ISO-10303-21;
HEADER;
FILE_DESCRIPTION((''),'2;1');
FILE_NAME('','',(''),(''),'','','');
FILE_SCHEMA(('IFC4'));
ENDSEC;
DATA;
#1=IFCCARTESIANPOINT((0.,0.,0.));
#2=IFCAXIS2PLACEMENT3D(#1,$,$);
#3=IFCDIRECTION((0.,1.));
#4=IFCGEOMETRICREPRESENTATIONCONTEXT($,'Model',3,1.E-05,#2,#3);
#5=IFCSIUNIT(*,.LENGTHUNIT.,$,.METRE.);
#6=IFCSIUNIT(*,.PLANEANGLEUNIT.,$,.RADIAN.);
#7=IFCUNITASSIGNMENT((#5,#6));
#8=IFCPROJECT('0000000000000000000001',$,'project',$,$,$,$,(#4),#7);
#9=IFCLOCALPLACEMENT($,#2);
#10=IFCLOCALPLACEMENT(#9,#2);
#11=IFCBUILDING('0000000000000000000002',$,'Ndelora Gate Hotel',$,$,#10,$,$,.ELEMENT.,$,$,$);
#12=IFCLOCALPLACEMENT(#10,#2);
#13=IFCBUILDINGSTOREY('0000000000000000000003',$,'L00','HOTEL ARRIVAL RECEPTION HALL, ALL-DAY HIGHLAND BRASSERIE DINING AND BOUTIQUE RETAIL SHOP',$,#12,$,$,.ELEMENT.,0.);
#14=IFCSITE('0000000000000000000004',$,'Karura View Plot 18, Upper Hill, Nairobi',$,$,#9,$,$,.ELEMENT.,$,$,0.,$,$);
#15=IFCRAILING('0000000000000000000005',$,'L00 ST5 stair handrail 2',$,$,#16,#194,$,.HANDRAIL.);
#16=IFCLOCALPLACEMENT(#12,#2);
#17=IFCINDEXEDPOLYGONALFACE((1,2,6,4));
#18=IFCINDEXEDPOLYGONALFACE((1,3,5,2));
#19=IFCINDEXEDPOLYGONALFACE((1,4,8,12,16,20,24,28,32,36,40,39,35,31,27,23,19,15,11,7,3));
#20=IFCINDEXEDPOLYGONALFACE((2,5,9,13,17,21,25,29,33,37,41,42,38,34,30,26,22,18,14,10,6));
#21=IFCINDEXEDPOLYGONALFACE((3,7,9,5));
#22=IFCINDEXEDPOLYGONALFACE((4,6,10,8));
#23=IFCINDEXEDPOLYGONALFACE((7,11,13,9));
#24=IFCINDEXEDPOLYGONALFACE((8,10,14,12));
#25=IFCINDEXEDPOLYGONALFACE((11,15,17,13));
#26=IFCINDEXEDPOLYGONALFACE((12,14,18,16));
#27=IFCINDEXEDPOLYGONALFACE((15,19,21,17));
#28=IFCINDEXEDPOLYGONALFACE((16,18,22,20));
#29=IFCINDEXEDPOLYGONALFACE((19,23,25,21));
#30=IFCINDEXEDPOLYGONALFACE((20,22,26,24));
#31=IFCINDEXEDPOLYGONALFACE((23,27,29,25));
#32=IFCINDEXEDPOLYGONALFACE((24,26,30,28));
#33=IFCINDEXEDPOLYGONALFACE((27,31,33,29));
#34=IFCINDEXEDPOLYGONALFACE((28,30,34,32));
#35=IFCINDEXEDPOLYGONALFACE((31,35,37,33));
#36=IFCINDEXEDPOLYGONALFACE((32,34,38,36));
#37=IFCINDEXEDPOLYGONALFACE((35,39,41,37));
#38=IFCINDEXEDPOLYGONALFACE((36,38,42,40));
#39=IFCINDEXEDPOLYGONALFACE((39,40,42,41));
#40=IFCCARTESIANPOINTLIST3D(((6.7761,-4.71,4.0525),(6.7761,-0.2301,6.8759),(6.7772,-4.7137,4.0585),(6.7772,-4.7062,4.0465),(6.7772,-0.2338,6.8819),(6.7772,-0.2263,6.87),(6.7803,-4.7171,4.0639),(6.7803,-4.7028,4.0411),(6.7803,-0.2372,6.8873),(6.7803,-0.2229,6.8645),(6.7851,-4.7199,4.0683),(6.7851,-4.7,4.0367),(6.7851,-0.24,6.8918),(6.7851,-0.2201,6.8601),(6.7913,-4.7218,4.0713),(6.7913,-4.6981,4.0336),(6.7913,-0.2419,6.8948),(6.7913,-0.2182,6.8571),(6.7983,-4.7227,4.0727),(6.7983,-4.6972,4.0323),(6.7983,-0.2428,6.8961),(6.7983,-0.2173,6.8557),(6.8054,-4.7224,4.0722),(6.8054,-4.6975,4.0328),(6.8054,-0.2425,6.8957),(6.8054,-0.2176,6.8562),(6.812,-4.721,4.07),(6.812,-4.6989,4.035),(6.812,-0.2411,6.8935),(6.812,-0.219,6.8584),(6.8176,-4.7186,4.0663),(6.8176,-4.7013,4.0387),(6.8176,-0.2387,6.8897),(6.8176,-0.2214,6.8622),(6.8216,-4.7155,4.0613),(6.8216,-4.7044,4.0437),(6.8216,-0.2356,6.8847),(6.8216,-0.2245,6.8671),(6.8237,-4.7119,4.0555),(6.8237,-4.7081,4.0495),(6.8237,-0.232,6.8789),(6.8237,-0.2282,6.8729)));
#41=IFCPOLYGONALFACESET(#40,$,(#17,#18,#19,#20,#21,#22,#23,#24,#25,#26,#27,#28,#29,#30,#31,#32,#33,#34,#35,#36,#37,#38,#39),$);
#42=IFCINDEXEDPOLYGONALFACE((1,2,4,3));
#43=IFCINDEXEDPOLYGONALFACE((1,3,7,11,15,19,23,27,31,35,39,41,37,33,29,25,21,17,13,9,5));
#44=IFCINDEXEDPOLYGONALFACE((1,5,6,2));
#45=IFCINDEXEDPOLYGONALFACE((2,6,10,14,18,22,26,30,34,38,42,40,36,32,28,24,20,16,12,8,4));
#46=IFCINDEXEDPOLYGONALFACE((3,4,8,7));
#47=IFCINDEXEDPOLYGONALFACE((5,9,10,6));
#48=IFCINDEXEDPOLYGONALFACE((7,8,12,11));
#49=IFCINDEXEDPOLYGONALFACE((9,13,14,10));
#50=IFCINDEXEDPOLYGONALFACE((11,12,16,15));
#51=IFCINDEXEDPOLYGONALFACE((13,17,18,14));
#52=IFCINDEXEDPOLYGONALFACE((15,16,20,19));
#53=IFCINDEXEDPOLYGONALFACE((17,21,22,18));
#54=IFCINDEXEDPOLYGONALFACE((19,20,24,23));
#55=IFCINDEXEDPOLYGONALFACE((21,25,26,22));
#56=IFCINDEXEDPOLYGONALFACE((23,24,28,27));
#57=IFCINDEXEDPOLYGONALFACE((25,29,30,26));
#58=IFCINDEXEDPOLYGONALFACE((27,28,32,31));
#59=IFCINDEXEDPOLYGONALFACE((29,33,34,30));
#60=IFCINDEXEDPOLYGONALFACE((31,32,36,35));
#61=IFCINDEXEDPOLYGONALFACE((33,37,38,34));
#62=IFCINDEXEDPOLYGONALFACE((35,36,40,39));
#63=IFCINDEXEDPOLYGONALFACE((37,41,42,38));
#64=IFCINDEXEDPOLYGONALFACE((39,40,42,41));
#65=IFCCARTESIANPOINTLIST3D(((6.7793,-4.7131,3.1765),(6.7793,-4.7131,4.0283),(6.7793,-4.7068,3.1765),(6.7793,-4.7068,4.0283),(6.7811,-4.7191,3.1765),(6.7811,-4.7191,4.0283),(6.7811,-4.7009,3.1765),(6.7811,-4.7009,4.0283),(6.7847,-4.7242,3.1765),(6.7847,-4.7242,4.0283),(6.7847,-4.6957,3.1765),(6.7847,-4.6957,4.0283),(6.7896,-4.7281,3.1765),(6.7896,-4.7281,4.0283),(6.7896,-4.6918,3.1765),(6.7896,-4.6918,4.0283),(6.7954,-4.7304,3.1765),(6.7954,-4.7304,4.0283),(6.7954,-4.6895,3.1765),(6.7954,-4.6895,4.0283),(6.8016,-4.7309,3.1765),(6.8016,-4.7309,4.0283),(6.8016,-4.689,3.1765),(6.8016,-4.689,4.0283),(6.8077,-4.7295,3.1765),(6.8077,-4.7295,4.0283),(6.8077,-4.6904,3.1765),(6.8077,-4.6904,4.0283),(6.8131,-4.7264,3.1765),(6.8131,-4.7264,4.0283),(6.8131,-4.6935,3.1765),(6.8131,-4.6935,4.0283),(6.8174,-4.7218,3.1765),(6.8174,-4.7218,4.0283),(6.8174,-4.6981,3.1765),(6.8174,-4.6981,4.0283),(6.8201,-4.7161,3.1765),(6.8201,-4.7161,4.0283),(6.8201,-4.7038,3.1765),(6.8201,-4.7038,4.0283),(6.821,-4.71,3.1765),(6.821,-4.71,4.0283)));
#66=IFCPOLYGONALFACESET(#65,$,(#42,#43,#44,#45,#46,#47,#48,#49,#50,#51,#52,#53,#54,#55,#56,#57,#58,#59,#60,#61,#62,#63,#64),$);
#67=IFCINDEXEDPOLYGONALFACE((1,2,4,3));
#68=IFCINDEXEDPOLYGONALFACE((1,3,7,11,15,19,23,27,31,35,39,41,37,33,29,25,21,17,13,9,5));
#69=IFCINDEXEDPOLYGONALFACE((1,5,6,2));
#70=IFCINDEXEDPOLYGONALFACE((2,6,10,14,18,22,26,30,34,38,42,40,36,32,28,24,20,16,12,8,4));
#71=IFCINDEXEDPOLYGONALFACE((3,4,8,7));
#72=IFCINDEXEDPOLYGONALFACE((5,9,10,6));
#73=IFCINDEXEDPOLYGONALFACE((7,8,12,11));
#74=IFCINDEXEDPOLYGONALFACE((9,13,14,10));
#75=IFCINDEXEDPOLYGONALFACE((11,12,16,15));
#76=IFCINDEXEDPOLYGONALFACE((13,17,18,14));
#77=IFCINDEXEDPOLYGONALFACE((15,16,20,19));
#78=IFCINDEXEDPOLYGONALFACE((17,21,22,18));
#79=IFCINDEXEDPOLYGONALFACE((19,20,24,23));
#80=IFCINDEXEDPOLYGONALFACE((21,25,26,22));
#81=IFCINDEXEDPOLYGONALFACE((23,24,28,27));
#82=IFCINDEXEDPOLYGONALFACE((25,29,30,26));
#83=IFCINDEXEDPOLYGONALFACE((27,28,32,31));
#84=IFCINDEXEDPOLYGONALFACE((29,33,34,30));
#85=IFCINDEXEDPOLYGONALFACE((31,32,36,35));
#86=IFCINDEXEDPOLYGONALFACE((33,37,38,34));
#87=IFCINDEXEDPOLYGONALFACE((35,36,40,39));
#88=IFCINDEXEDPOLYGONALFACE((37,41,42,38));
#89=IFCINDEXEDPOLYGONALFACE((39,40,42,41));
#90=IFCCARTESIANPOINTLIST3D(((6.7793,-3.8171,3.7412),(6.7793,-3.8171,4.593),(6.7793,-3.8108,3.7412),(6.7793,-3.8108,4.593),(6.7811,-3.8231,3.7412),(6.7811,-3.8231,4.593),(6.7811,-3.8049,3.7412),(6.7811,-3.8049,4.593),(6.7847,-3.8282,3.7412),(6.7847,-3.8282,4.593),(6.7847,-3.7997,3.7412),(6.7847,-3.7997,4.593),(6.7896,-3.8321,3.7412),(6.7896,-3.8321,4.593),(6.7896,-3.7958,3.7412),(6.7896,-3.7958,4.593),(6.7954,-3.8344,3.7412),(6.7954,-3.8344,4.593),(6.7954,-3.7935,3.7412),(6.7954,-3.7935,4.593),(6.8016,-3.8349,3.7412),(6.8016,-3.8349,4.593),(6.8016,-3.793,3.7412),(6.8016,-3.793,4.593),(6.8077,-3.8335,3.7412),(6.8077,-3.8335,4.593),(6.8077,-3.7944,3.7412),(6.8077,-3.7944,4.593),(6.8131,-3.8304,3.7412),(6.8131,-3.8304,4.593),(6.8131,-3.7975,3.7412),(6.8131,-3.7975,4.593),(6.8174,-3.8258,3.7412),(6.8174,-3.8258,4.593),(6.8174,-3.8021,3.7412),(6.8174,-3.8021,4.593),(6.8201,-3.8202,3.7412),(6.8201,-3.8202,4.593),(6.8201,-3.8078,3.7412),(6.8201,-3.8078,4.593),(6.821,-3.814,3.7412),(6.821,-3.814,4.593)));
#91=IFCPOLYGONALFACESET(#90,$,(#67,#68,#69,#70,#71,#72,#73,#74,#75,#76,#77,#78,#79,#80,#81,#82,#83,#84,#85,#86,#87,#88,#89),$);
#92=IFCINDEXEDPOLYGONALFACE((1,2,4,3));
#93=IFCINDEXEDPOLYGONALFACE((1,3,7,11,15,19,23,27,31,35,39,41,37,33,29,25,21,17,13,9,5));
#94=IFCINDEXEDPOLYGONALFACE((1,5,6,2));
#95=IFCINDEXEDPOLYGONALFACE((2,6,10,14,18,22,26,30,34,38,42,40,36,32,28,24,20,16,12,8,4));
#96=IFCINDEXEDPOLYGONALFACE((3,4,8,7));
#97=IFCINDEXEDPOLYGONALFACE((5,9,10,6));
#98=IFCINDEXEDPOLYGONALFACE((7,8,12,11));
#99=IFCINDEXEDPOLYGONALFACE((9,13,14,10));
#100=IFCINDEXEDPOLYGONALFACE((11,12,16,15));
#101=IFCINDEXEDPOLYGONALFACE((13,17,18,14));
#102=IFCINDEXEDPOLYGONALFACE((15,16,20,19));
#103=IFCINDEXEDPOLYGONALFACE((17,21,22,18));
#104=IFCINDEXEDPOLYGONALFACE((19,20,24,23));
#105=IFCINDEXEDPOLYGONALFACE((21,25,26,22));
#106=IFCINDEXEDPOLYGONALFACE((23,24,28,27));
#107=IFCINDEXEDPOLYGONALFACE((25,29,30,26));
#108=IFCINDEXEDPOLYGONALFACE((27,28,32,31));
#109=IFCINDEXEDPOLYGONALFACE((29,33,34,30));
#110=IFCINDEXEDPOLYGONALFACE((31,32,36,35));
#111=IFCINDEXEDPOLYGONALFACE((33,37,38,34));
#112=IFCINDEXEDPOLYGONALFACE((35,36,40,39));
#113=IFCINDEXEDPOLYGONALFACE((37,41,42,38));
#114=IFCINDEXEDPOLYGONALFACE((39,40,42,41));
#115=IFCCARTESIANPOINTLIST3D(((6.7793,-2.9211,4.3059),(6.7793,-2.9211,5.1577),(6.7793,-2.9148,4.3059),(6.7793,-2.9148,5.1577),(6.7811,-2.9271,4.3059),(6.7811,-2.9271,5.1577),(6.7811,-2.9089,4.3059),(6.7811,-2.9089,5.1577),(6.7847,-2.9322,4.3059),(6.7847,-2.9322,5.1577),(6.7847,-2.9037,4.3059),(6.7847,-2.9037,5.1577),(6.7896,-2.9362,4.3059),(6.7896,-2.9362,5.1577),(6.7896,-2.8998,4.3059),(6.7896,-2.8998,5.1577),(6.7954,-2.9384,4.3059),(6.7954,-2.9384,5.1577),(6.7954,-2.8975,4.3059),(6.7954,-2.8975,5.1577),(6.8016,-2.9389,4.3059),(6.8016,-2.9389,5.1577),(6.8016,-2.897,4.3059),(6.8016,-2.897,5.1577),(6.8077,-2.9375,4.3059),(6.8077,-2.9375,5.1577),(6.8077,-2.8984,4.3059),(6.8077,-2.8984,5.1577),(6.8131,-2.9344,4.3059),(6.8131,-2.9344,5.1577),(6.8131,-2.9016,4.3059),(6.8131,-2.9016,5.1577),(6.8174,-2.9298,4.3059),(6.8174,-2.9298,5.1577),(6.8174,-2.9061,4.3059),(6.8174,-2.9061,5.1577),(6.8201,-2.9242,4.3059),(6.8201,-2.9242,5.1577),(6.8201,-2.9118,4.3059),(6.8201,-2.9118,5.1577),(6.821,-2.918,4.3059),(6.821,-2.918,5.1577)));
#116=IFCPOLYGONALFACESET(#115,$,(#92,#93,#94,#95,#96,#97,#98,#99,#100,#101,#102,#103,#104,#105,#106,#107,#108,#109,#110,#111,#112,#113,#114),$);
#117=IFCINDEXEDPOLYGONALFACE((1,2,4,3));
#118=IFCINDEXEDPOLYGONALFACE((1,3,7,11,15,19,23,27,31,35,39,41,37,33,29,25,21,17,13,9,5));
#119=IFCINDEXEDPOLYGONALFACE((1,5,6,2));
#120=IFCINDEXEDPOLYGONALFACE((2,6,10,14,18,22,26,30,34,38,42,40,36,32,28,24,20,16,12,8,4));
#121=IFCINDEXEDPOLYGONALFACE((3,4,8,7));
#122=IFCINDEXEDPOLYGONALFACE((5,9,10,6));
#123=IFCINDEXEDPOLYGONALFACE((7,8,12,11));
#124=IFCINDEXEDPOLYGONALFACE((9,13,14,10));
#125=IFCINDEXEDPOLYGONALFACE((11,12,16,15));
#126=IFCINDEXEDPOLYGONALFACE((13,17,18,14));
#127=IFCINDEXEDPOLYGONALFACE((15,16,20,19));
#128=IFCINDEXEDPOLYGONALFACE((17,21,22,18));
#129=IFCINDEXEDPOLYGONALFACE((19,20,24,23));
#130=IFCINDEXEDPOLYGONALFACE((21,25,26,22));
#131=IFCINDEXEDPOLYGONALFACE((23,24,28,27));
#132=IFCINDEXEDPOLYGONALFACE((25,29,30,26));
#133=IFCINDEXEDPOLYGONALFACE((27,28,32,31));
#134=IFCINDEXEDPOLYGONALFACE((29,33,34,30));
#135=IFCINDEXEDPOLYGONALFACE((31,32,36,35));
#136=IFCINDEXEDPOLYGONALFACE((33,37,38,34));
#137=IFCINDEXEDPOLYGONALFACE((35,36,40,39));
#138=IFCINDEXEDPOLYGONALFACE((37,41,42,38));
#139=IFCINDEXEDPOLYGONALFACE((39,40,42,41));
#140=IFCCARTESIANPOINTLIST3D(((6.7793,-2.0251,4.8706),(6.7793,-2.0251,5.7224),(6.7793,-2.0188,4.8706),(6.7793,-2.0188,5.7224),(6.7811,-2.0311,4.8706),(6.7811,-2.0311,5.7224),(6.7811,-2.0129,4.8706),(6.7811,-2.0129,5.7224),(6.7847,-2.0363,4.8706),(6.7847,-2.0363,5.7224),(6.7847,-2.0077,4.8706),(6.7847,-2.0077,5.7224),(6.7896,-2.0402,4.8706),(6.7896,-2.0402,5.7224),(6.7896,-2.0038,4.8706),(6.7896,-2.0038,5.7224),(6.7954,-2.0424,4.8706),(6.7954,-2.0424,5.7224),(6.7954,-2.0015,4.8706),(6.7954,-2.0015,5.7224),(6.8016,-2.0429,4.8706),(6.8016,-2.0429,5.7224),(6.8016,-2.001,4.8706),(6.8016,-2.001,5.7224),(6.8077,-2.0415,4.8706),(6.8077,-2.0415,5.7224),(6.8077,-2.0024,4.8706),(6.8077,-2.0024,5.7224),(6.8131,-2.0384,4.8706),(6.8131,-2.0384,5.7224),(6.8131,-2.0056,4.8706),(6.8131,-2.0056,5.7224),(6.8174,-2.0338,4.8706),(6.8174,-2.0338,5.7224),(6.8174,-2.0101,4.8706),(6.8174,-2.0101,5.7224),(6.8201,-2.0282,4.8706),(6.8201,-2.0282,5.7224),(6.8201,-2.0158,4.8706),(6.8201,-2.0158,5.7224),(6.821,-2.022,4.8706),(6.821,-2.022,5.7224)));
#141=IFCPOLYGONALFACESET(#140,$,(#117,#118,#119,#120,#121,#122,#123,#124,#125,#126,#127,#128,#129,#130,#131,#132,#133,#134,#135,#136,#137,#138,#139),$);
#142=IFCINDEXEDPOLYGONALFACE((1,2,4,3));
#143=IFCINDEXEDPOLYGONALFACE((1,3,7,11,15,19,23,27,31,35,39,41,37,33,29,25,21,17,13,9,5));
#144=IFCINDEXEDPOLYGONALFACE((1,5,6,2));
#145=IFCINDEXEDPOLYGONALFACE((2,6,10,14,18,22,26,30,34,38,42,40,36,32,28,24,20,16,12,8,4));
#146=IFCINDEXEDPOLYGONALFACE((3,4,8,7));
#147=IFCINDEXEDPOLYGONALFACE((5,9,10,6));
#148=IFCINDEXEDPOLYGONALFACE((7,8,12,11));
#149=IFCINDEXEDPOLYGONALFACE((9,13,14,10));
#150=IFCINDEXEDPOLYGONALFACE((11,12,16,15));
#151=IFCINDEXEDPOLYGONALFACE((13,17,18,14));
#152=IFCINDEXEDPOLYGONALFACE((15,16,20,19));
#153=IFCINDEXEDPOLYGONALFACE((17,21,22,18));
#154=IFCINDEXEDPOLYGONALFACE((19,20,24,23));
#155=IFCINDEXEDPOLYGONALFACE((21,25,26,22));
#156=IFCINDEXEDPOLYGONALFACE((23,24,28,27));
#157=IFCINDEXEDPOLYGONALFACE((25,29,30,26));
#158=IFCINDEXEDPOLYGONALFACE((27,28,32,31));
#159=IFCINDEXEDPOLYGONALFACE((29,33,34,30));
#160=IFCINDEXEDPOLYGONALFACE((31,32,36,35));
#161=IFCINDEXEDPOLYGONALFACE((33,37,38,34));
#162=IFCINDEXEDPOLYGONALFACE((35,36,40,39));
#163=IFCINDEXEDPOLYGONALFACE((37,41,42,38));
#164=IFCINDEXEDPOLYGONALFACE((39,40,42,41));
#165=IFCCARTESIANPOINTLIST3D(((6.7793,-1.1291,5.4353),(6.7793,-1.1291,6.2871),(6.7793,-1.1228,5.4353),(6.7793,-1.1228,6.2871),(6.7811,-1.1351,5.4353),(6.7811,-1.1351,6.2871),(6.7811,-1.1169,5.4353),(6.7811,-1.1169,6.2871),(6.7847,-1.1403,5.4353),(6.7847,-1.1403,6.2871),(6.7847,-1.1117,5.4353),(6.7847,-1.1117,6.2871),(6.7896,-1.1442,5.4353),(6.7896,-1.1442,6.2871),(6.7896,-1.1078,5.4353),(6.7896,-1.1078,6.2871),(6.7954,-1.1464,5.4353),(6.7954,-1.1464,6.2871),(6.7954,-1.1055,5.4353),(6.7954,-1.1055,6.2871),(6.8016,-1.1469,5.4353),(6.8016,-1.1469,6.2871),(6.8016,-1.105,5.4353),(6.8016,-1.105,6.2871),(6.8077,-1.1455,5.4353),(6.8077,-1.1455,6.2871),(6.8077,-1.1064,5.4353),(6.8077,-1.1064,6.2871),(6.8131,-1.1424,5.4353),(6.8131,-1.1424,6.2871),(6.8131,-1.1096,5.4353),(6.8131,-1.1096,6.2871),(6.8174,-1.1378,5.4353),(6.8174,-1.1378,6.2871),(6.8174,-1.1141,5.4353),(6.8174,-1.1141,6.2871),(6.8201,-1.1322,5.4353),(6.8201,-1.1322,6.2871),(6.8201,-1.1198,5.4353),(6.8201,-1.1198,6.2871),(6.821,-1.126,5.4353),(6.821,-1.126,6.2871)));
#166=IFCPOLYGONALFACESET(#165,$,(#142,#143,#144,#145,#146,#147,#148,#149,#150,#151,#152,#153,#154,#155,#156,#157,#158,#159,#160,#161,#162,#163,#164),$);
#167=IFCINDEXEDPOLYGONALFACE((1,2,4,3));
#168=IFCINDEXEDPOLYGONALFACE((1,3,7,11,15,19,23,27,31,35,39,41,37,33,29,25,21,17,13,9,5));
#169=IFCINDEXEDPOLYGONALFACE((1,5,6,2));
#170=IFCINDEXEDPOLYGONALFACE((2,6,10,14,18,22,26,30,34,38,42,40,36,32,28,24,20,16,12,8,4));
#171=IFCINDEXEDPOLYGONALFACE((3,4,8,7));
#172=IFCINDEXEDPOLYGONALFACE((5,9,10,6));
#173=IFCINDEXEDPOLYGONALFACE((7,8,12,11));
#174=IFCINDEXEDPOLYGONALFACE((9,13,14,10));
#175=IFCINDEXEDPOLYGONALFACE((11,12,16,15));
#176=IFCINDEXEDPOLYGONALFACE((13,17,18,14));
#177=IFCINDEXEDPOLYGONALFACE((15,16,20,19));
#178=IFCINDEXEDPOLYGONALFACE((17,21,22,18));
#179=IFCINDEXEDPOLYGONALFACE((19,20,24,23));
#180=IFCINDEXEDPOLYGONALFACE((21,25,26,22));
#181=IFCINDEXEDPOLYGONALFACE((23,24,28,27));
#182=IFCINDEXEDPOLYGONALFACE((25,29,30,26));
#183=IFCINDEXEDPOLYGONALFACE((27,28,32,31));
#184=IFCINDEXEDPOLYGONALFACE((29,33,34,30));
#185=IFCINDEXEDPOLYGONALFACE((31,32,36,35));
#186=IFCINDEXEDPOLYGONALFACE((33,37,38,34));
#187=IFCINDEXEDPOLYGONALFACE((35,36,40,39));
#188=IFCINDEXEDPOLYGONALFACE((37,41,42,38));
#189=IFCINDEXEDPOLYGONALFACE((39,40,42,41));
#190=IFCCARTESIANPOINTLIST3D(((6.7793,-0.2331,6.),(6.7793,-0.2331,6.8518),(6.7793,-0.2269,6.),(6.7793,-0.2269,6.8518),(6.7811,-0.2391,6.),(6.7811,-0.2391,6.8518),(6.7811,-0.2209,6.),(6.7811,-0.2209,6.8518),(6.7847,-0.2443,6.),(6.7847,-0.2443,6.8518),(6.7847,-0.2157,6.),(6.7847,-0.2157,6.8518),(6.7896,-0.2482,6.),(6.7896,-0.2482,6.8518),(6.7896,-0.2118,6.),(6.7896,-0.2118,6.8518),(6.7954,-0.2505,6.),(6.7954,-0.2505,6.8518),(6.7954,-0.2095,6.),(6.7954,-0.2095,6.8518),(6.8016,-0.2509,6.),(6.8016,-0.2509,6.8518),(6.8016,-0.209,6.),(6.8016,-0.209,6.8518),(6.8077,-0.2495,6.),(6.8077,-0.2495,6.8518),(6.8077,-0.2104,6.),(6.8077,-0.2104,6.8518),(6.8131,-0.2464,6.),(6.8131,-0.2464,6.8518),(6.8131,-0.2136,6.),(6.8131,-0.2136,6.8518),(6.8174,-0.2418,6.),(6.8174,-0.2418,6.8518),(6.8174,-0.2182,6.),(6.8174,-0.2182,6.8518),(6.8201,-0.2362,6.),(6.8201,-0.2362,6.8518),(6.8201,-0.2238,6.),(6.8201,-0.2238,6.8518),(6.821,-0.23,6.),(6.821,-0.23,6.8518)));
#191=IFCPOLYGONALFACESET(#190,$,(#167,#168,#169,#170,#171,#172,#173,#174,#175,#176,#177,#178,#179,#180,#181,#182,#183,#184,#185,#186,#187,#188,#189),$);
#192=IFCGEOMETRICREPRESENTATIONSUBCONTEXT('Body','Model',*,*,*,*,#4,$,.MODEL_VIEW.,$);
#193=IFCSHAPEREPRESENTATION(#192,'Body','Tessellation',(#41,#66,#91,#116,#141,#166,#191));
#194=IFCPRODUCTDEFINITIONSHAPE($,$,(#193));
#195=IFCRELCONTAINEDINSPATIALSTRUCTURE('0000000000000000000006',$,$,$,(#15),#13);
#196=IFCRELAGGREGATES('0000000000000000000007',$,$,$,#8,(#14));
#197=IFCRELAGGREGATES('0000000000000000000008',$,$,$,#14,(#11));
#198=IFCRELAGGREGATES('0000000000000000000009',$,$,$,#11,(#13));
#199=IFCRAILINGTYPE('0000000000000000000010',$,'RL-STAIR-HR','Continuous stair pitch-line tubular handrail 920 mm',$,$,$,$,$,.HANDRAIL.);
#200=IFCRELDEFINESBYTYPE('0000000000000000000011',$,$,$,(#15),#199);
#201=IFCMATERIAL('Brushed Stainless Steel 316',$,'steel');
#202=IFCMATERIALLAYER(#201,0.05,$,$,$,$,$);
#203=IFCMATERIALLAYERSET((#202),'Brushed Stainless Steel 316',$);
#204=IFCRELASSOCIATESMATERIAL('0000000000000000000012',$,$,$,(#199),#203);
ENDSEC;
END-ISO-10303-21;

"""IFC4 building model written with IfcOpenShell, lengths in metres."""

from ifc_helpers import new_model, si_unit, direction, frame, origin, origin_2d, place, context, subcontext, project, spatial, circle, extrude, material, layer, layer_set, type_object, element, save


model = new_model("IFC4")

# Units and contexts
model_context = context("Model", 3, precision=1e-05, world=origin(), true_north=direction((0.0, 1.0)))
body_context = subcontext(model_context, "Body", "Model", "MODEL_VIEW")
ifc_project = project(units=[si_unit("LENGTHUNIT", "METRE"), si_unit("PLANEANGLEUNIT", "RADIAN")], contexts=[model_context])

# Site, building, storey
site_placement = place(None, origin())
site = spatial("IfcSite", under=ifc_project, at=site_placement, Name="Karura View Plot 18, Upper Hill, Nairobi", CompositionType="ELEMENT", RefElevation=0.0)
building_placement = place(site_placement, origin())
building = spatial("IfcBuilding", under=site, at=building_placement, Name="Ndelora Gate Hotel", CompositionType="ELEMENT")
storey_placement = place(building_placement, origin())
storey = spatial("IfcBuildingStorey", under=building, at=storey_placement, Name="L00", Description="HOTEL ARRIVAL RECEPTION HALL, ALL-DAY HIGHLAND BRASSERIE DINING AND BOUTIQUE RETAIL SHOP", CompositionType="ELEMENT", Elevation=0.0)

# Railing
ifc_material_1 = material(Name="Brushed Stainless Steel 316", Category="steel")
ifc_layer_1 = layer(ifc_material_1, 0.05)
ifc_layer_set_1 = layer_set([ifc_layer_1], Name="Brushed Stainless Steel 316")
railing_type_1 = type_object("IfcRailingType", Name="RL-STAIR-HR", Description="Continuous stair pitch-line tubular handrail 920 mm", PredefinedType="HANDRAIL", material=ifc_layer_set_1)
railing_1_placement = place(storey_placement, frame((6.8, -4.71, 3.1765)))
element("IfcRailing", 1, at=railing_1_placement, inside=storey, type_object=railing_type_1, Name="L00 ST5 stair handrail 2", PredefinedType="HANDRAIL", context=body_context, shape_type="SweptSolid", body=[
    extrude(circle(Radius=0.0239, at=origin_2d()), frame((0.0, 0.0, 0.876), z_axis=(0.0, 0.845998, 0.533186), x_axis=(-1.0, 0.0, 0.0)), (0.0, 0.0, 1.0), 5.2954),
    extrude(circle(Radius=0.021, at=origin_2d()), origin(), (0.0, 0.0, 1.0), 0.8518),
    extrude(circle(Radius=0.021, at=origin_2d()), frame((0.0, 0.896, 0.5647)), (0.0, 0.0, 1.0), 0.8518),
    extrude(circle(Radius=0.021, at=origin_2d()), frame((0.0, 1.792, 1.1294)), (0.0, 0.0, 1.0), 0.8518),
    extrude(circle(Radius=0.021, at=origin_2d()), frame((0.0, 2.688, 1.6941)), (0.0, 0.0, 1.0), 0.8518),
    extrude(circle(Radius=0.021, at=origin_2d()), frame((0.0, 3.584, 2.2588)), (0.0, 0.0, 1.0), 0.8518),
    extrude(circle(Radius=0.021, at=origin_2d()), frame((0.0, 4.48, 2.8235)), (0.0, 0.0, 1.0), 0.8518),
])

save(model, "model.ifc")
